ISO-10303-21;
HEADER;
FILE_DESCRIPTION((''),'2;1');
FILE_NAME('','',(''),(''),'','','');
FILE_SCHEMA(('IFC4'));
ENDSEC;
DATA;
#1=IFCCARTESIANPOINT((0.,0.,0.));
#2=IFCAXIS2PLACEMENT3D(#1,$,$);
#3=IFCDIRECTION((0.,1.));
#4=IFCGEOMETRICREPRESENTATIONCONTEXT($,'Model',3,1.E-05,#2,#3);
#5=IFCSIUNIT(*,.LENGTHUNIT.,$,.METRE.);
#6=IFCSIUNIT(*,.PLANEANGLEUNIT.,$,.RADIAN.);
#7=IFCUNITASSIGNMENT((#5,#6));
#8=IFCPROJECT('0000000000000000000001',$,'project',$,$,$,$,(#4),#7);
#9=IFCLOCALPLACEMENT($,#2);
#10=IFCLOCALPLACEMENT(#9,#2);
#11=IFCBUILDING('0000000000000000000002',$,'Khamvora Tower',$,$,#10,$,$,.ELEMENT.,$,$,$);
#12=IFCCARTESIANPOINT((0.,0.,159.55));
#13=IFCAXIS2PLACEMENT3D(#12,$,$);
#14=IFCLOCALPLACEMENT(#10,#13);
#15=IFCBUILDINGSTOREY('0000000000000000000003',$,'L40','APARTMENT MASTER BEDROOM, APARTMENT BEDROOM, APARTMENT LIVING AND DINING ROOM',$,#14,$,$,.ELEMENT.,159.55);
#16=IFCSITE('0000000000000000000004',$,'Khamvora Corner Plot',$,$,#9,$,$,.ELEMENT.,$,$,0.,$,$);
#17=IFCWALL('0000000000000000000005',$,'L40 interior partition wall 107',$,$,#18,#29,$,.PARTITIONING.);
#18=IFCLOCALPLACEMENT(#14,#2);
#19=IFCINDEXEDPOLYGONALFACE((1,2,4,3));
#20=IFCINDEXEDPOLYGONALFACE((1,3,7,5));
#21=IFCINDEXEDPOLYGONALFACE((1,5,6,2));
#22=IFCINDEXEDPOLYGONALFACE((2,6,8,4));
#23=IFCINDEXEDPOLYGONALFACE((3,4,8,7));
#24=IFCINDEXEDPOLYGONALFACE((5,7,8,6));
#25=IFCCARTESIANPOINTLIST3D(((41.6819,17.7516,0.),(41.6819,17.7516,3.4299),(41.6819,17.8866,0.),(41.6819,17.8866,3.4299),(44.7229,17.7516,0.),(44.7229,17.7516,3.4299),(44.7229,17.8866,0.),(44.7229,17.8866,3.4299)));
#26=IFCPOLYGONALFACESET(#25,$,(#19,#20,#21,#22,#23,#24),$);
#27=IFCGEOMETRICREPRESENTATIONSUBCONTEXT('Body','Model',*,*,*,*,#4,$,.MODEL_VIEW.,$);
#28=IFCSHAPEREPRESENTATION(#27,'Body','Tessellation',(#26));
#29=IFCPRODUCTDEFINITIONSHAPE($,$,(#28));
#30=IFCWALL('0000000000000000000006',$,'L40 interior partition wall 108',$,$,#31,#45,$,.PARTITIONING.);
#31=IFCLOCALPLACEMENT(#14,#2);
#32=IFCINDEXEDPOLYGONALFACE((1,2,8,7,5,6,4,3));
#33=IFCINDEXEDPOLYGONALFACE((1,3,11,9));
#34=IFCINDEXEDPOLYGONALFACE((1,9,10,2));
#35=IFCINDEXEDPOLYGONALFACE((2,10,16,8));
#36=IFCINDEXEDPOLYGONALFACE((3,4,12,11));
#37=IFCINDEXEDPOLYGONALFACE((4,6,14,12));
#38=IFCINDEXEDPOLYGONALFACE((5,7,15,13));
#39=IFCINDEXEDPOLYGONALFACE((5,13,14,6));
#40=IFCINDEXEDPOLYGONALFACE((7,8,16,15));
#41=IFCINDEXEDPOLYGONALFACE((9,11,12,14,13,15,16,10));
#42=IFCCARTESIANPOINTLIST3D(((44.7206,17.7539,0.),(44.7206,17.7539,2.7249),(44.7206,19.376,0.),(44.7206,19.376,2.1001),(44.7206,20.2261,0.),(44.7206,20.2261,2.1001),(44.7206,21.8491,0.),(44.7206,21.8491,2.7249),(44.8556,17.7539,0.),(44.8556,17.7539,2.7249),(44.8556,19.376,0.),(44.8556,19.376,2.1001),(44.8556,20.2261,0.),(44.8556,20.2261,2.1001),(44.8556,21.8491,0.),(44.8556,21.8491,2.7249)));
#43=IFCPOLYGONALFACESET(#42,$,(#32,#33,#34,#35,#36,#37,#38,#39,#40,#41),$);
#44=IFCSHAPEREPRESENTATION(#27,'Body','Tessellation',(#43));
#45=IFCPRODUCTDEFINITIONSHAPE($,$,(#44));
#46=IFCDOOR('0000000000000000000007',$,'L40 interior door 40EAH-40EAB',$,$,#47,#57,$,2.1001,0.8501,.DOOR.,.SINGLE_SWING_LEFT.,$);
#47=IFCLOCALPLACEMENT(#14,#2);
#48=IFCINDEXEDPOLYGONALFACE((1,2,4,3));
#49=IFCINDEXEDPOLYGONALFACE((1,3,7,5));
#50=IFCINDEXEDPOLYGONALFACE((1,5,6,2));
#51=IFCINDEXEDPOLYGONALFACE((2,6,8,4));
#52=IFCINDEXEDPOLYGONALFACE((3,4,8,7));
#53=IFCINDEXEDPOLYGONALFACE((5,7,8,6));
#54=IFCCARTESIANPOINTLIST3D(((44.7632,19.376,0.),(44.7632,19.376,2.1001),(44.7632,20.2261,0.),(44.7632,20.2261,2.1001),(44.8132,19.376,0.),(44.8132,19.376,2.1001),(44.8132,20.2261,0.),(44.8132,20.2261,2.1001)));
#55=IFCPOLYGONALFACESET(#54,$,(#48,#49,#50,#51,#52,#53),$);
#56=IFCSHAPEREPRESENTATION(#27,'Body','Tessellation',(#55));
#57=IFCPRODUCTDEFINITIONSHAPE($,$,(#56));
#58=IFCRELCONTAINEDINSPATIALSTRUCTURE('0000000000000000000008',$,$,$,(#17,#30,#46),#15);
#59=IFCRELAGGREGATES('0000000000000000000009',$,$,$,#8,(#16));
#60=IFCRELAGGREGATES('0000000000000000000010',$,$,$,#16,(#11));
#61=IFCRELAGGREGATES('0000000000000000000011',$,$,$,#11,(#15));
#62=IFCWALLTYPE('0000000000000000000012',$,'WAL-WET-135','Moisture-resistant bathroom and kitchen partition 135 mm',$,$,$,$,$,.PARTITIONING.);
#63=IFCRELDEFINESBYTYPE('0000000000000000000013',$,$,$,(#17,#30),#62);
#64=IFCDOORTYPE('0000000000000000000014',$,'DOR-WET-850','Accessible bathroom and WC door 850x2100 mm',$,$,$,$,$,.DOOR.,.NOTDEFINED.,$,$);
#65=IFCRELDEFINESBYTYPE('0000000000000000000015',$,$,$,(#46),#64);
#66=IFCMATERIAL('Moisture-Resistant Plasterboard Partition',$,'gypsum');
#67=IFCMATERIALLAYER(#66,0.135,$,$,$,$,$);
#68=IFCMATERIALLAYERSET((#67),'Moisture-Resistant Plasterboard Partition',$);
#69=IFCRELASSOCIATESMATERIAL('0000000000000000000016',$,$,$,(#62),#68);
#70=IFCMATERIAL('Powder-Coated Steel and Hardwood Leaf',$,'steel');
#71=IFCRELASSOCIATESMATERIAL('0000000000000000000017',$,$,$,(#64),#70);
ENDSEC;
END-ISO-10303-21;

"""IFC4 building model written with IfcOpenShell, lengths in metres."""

from ifc_helpers import new_model, si_unit, direction, frame, frame_2d, origin, place, context, subcontext, project, spatial, rectangle, extrude, material, layer, layer_set, type_object, element, fill, save


model = new_model("IFC4")

# Units and contexts
model_context = context("Model", 3, precision=1e-05, world=origin(), true_north=direction((0.0, 1.0)))
body_context = subcontext(model_context, "Body", "Model", "MODEL_VIEW")
ifc_project = project(units=[si_unit("LENGTHUNIT", "METRE"), si_unit("PLANEANGLEUNIT", "RADIAN")], contexts=[model_context])

# Site, building, storey
site_placement = place(None, origin())
site = spatial("IfcSite", under=ifc_project, at=site_placement, Name="Khamvora Corner Plot", CompositionType="ELEMENT", RefElevation=0.0)
building_placement = place(site_placement, origin())
building = spatial("IfcBuilding", under=site, at=building_placement, Name="Khamvora Tower", CompositionType="ELEMENT")
storey_placement = place(building_placement, frame((0.0, 0.0, 159.55)))
storey = spatial("IfcBuildingStorey", under=building, at=storey_placement, Name="L40", Description="APARTMENT MASTER BEDROOM, APARTMENT BEDROOM, APARTMENT LIVING AND DINING ROOM", CompositionType="ELEMENT", Elevation=159.55)

# Shared definitions
ifc_material_1 = material(Name="Powder-Coated Steel and Hardwood Leaf", Category="steel")

# Shared definitions
ifc_material_2 = material(Name="Moisture-Resistant Plasterboard Partition", Category="gypsum")
ifc_layer_1 = layer(ifc_material_2, 0.135)
ifc_layer_set_1 = layer_set([ifc_layer_1], Name="Moisture-Resistant Plasterboard Partition")
wall_type_1 = type_object("IfcWallType", Name="WAL-WET-135", Description="Moisture-resistant bathroom and kitchen partition 135 mm", PredefinedType="PARTITIONING", material=ifc_layer_set_1)

# Shared definitions
door_type_1 = type_object("IfcDoorType", Name="DOR-WET-850", Description="Accessible bathroom and WC door 850x2100 mm", OperationType="NOTDEFINED", PredefinedType="DOOR", material=ifc_material_1)

# Wall
wall_1_placement = place(storey_placement, frame((41.6819, 17.8191, 0.0), z_axis=(0.0, 0.0, 1.0), x_axis=(1.0, 0.0, 0.0)))
element("IfcWall", 1, at=wall_1_placement, inside=storey, type_object=wall_type_1, Name="L40 interior partition wall 107", PredefinedType="PARTITIONING", context=body_context, shape_type="SweptSolid", body=[
    extrude(rectangle(XDim=3.041, YDim=0.135, at=frame_2d((1.5205, 0.0))), origin(), (0.0, 0.0, 1.0), 3.4299),
])

# Wall, opening, door
wall_2_placement = place(storey_placement, frame((44.7881, 17.7539, 0.0), z_axis=(0.0, 0.0, 1.0), x_axis=(0.0, 1.0, 0.0)))
wall_2 = element("IfcWall", 2, at=wall_2_placement, inside=storey, type_object=wall_type_1, Name="L40 interior partition wall 108", PredefinedType="PARTITIONING", context=body_context, shape_type="SweptSolid", body=[
    extrude(rectangle(XDim=4.0952, YDim=0.135, at=frame_2d((2.0476, 0.0))), origin(), (0.0, 0.0, 1.0), 2.7249),
])
opening_1_placement = place(wall_2_placement, frame((1.6221, 0.0, 0.0)))
opening_1 = element("IfcOpeningElement", 3, at=opening_1_placement, cuts=wall_2, PredefinedType="OPENING", context=body_context, shape_type="SweptSolid", body=[
    extrude(rectangle(XDim=0.8501, YDim=2.1001, at=frame_2d((0.425, 1.05))), frame((0.0, 0.0774, 0.0), z_axis=(0.0, -1.0, 0.0), x_axis=(1.0, 0.0, 0.0)), (0.0, 0.0, 1.0), 0.155),
])
door_1_placement = place(opening_1_placement, origin())
door_1 = element("IfcDoor", 4, at=door_1_placement, inside=storey, type_object=door_type_1, Name="L40 interior door 40EAH-40EAB", OperationType="SINGLE_SWING_LEFT", OverallHeight=2.1001, OverallWidth=0.8501, PredefinedType="DOOR", context=body_context, shape_type="SweptSolid", body=[
    extrude(rectangle(XDim=0.8501, YDim=2.1001, at=frame_2d((0.425, 1.05))), frame((0.0, 0.0249, 0.0), z_axis=(0.0, -1.0, 0.0), x_axis=(1.0, 0.0, 0.0)), (0.0, 0.0, 1.0), 0.05),
])
fill(opening_1, door_1)

save(model, "model.ifc")
